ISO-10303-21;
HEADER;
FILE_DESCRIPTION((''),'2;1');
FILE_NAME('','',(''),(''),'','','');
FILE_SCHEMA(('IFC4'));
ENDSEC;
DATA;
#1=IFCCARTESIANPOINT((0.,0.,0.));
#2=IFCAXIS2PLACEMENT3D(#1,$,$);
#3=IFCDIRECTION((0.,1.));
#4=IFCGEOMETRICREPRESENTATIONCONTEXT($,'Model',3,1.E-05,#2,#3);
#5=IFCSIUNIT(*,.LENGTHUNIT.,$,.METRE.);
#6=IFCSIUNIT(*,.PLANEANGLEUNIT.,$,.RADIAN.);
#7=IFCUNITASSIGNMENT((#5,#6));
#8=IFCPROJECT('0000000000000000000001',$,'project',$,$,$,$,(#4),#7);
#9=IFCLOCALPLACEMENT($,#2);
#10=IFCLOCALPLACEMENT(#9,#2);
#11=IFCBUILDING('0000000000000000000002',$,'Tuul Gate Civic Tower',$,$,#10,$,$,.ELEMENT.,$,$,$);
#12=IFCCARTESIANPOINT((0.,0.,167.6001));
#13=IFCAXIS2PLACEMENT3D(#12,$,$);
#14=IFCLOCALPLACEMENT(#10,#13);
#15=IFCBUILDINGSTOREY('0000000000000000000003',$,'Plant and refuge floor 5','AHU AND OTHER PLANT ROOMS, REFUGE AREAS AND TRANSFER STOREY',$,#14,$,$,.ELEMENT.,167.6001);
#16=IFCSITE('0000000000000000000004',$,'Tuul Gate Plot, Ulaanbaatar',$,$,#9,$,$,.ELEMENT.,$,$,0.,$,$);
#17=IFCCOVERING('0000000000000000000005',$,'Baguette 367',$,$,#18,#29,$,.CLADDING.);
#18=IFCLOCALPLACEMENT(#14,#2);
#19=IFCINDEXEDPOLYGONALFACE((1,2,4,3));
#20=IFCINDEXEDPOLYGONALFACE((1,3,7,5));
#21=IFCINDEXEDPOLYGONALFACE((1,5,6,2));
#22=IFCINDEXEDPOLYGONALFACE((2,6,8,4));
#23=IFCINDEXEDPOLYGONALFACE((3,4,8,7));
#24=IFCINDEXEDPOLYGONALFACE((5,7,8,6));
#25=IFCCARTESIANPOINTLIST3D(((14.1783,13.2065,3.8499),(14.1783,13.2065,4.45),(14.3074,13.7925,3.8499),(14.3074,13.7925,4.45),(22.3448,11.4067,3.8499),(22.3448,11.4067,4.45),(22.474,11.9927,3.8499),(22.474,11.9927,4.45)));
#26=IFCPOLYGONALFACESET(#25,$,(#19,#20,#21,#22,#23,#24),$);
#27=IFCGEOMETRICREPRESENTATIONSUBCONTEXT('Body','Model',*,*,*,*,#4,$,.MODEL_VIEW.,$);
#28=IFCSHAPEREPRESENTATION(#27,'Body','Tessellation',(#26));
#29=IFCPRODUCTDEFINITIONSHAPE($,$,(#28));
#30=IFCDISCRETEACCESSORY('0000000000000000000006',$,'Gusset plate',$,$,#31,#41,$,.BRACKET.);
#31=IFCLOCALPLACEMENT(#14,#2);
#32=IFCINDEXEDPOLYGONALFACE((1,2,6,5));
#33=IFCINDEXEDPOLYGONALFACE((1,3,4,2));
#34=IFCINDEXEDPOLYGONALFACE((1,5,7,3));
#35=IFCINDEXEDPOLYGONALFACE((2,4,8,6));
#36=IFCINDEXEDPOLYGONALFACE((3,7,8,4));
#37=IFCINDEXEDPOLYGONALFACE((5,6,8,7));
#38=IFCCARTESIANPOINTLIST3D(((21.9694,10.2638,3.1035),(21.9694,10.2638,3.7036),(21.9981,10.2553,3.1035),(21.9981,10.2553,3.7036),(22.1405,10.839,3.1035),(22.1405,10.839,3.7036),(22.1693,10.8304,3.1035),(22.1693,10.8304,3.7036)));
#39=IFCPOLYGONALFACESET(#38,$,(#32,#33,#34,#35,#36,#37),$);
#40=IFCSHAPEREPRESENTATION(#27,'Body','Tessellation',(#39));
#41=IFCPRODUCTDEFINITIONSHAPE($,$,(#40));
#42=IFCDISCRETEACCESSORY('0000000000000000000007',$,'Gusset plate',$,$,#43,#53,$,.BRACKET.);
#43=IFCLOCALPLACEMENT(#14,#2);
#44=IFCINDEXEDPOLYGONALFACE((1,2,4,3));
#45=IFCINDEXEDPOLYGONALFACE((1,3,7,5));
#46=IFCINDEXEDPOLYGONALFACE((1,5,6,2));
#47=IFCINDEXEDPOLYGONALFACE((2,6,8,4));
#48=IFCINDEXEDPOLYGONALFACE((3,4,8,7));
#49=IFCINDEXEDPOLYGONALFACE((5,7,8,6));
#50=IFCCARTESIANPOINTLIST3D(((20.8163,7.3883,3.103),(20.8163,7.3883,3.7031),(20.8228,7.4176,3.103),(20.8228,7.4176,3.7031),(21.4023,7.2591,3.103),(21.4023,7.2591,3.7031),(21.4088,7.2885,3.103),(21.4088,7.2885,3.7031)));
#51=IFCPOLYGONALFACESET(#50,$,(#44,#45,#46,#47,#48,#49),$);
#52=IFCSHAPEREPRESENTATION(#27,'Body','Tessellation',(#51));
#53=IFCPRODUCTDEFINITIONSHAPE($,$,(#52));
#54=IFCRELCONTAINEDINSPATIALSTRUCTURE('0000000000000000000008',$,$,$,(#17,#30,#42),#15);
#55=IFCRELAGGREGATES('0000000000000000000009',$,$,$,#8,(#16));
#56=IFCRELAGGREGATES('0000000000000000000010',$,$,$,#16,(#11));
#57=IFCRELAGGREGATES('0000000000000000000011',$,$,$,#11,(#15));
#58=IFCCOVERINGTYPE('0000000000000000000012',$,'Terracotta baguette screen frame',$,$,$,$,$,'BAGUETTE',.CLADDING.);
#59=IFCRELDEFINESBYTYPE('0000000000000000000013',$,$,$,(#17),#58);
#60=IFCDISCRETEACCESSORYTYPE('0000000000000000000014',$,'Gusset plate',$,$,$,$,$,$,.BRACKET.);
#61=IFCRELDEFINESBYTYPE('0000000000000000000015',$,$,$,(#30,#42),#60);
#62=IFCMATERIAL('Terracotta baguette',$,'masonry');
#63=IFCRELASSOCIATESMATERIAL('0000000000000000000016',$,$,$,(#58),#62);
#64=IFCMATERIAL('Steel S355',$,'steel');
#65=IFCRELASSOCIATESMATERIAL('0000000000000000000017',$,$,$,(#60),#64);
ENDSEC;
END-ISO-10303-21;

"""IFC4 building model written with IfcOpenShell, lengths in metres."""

from ifc_helpers import new_model, si_unit, direction, frame, origin, origin_2d, place, context, subcontext, project, spatial, rectangle, extrude, material, material_profile, profile_set, type_object, element, save


model = new_model("IFC4")

# Units and contexts
model_context = context("Model", 3, precision=1e-05, world=origin(), true_north=direction((0.0, 1.0)))
body_context = subcontext(model_context, "Body", "Model", "MODEL_VIEW")
ifc_project = project(units=[si_unit("LENGTHUNIT", "METRE"), si_unit("PLANEANGLEUNIT", "RADIAN")], contexts=[model_context])

# Site, building, storey
site_placement = place(None, origin())
site = spatial("IfcSite", under=ifc_project, at=site_placement, Name="Tuul Gate Plot, Ulaanbaatar", CompositionType="ELEMENT", RefElevation=0.0)
building_placement = place(site_placement, origin())
building = spatial("IfcBuilding", under=site, at=building_placement, Name="Tuul Gate Civic Tower", CompositionType="ELEMENT")
storey_placement = place(building_placement, frame((0.0, 0.0, 167.6001)))
storey = spatial("IfcBuildingStorey", under=building, at=storey_placement, Name="Plant and refuge floor 5", Description="AHU AND OTHER PLANT ROOMS, REFUGE AREAS AND TRANSFER STOREY", CompositionType="ELEMENT", Elevation=167.6001)

# Covering
ifc_material_1 = material(Name="Terracotta baguette", Category="masonry")
ifc_material_profile_1 = material_profile(ifc_material_1, rectangle(XDim=0.6001, YDim=0.6001, at=origin_2d()), Name="Terracotta baguette screen frame")
ifc_profile_set_1 = profile_set([ifc_material_profile_1], Name="Terracotta baguette")
covering_type = type_object("IfcCoveringType", Name="Terracotta baguette screen frame", ElementType="BAGUETTE", PredefinedType="CLADDING", material=ifc_profile_set_1)
covering_1_placement = place(storey_placement, frame((22.4094, 11.6997, 4.1499), z_axis=(-0.976565, 0.215224, 0.0), x_axis=(-0.215224, -0.976565, 0.0)))
element("IfcCovering", 1, at=covering_1_placement, inside=storey, type_object=covering_type, Name="Baguette 367", PredefinedType="CLADDING", context=body_context, shape_type="SweptSolid", body=[
    extrude(rectangle(XDim=0.6001, YDim=0.6001, at=origin_2d()), origin(), (0.0, 0.0, 1.0), 8.3625),
])

# Discrete accessories
ifc_material_2 = material(Name="Steel S355", Category="steel")
discrete_accessory_type = type_object("IfcDiscreteAccessoryType", Name="Gusset plate", PredefinedType="BRACKET", material=ifc_material_2)
for number, where, z_axis, x_axis, name in (
    (2, (22.0693, 10.5471, 3.1035), (0.0, 0.0, 1.0), (-0.285212, -0.958464, 0.0), "Gusset plate"),
    (3, (21.1125, 7.3384, 3.103), (0.0, 0.0, 1.0), (0.976569, -0.215205, 0.0), "Gusset plate"),
):
    element("IfcDiscreteAccessory", number, at=place(storey_placement, frame(where, z_axis=z_axis, x_axis=x_axis)), inside=storey, type_object=discrete_accessory_type, Name=name, PredefinedType="BRACKET", context=body_context, shape_type="SweptSolid", body=[
        extrude(rectangle(XDim=0.6001, YDim=0.03, at=origin_2d()), origin(), (0.0, 0.0, 1.0), 0.6001),
    ])

save(model, "model.ifc")
